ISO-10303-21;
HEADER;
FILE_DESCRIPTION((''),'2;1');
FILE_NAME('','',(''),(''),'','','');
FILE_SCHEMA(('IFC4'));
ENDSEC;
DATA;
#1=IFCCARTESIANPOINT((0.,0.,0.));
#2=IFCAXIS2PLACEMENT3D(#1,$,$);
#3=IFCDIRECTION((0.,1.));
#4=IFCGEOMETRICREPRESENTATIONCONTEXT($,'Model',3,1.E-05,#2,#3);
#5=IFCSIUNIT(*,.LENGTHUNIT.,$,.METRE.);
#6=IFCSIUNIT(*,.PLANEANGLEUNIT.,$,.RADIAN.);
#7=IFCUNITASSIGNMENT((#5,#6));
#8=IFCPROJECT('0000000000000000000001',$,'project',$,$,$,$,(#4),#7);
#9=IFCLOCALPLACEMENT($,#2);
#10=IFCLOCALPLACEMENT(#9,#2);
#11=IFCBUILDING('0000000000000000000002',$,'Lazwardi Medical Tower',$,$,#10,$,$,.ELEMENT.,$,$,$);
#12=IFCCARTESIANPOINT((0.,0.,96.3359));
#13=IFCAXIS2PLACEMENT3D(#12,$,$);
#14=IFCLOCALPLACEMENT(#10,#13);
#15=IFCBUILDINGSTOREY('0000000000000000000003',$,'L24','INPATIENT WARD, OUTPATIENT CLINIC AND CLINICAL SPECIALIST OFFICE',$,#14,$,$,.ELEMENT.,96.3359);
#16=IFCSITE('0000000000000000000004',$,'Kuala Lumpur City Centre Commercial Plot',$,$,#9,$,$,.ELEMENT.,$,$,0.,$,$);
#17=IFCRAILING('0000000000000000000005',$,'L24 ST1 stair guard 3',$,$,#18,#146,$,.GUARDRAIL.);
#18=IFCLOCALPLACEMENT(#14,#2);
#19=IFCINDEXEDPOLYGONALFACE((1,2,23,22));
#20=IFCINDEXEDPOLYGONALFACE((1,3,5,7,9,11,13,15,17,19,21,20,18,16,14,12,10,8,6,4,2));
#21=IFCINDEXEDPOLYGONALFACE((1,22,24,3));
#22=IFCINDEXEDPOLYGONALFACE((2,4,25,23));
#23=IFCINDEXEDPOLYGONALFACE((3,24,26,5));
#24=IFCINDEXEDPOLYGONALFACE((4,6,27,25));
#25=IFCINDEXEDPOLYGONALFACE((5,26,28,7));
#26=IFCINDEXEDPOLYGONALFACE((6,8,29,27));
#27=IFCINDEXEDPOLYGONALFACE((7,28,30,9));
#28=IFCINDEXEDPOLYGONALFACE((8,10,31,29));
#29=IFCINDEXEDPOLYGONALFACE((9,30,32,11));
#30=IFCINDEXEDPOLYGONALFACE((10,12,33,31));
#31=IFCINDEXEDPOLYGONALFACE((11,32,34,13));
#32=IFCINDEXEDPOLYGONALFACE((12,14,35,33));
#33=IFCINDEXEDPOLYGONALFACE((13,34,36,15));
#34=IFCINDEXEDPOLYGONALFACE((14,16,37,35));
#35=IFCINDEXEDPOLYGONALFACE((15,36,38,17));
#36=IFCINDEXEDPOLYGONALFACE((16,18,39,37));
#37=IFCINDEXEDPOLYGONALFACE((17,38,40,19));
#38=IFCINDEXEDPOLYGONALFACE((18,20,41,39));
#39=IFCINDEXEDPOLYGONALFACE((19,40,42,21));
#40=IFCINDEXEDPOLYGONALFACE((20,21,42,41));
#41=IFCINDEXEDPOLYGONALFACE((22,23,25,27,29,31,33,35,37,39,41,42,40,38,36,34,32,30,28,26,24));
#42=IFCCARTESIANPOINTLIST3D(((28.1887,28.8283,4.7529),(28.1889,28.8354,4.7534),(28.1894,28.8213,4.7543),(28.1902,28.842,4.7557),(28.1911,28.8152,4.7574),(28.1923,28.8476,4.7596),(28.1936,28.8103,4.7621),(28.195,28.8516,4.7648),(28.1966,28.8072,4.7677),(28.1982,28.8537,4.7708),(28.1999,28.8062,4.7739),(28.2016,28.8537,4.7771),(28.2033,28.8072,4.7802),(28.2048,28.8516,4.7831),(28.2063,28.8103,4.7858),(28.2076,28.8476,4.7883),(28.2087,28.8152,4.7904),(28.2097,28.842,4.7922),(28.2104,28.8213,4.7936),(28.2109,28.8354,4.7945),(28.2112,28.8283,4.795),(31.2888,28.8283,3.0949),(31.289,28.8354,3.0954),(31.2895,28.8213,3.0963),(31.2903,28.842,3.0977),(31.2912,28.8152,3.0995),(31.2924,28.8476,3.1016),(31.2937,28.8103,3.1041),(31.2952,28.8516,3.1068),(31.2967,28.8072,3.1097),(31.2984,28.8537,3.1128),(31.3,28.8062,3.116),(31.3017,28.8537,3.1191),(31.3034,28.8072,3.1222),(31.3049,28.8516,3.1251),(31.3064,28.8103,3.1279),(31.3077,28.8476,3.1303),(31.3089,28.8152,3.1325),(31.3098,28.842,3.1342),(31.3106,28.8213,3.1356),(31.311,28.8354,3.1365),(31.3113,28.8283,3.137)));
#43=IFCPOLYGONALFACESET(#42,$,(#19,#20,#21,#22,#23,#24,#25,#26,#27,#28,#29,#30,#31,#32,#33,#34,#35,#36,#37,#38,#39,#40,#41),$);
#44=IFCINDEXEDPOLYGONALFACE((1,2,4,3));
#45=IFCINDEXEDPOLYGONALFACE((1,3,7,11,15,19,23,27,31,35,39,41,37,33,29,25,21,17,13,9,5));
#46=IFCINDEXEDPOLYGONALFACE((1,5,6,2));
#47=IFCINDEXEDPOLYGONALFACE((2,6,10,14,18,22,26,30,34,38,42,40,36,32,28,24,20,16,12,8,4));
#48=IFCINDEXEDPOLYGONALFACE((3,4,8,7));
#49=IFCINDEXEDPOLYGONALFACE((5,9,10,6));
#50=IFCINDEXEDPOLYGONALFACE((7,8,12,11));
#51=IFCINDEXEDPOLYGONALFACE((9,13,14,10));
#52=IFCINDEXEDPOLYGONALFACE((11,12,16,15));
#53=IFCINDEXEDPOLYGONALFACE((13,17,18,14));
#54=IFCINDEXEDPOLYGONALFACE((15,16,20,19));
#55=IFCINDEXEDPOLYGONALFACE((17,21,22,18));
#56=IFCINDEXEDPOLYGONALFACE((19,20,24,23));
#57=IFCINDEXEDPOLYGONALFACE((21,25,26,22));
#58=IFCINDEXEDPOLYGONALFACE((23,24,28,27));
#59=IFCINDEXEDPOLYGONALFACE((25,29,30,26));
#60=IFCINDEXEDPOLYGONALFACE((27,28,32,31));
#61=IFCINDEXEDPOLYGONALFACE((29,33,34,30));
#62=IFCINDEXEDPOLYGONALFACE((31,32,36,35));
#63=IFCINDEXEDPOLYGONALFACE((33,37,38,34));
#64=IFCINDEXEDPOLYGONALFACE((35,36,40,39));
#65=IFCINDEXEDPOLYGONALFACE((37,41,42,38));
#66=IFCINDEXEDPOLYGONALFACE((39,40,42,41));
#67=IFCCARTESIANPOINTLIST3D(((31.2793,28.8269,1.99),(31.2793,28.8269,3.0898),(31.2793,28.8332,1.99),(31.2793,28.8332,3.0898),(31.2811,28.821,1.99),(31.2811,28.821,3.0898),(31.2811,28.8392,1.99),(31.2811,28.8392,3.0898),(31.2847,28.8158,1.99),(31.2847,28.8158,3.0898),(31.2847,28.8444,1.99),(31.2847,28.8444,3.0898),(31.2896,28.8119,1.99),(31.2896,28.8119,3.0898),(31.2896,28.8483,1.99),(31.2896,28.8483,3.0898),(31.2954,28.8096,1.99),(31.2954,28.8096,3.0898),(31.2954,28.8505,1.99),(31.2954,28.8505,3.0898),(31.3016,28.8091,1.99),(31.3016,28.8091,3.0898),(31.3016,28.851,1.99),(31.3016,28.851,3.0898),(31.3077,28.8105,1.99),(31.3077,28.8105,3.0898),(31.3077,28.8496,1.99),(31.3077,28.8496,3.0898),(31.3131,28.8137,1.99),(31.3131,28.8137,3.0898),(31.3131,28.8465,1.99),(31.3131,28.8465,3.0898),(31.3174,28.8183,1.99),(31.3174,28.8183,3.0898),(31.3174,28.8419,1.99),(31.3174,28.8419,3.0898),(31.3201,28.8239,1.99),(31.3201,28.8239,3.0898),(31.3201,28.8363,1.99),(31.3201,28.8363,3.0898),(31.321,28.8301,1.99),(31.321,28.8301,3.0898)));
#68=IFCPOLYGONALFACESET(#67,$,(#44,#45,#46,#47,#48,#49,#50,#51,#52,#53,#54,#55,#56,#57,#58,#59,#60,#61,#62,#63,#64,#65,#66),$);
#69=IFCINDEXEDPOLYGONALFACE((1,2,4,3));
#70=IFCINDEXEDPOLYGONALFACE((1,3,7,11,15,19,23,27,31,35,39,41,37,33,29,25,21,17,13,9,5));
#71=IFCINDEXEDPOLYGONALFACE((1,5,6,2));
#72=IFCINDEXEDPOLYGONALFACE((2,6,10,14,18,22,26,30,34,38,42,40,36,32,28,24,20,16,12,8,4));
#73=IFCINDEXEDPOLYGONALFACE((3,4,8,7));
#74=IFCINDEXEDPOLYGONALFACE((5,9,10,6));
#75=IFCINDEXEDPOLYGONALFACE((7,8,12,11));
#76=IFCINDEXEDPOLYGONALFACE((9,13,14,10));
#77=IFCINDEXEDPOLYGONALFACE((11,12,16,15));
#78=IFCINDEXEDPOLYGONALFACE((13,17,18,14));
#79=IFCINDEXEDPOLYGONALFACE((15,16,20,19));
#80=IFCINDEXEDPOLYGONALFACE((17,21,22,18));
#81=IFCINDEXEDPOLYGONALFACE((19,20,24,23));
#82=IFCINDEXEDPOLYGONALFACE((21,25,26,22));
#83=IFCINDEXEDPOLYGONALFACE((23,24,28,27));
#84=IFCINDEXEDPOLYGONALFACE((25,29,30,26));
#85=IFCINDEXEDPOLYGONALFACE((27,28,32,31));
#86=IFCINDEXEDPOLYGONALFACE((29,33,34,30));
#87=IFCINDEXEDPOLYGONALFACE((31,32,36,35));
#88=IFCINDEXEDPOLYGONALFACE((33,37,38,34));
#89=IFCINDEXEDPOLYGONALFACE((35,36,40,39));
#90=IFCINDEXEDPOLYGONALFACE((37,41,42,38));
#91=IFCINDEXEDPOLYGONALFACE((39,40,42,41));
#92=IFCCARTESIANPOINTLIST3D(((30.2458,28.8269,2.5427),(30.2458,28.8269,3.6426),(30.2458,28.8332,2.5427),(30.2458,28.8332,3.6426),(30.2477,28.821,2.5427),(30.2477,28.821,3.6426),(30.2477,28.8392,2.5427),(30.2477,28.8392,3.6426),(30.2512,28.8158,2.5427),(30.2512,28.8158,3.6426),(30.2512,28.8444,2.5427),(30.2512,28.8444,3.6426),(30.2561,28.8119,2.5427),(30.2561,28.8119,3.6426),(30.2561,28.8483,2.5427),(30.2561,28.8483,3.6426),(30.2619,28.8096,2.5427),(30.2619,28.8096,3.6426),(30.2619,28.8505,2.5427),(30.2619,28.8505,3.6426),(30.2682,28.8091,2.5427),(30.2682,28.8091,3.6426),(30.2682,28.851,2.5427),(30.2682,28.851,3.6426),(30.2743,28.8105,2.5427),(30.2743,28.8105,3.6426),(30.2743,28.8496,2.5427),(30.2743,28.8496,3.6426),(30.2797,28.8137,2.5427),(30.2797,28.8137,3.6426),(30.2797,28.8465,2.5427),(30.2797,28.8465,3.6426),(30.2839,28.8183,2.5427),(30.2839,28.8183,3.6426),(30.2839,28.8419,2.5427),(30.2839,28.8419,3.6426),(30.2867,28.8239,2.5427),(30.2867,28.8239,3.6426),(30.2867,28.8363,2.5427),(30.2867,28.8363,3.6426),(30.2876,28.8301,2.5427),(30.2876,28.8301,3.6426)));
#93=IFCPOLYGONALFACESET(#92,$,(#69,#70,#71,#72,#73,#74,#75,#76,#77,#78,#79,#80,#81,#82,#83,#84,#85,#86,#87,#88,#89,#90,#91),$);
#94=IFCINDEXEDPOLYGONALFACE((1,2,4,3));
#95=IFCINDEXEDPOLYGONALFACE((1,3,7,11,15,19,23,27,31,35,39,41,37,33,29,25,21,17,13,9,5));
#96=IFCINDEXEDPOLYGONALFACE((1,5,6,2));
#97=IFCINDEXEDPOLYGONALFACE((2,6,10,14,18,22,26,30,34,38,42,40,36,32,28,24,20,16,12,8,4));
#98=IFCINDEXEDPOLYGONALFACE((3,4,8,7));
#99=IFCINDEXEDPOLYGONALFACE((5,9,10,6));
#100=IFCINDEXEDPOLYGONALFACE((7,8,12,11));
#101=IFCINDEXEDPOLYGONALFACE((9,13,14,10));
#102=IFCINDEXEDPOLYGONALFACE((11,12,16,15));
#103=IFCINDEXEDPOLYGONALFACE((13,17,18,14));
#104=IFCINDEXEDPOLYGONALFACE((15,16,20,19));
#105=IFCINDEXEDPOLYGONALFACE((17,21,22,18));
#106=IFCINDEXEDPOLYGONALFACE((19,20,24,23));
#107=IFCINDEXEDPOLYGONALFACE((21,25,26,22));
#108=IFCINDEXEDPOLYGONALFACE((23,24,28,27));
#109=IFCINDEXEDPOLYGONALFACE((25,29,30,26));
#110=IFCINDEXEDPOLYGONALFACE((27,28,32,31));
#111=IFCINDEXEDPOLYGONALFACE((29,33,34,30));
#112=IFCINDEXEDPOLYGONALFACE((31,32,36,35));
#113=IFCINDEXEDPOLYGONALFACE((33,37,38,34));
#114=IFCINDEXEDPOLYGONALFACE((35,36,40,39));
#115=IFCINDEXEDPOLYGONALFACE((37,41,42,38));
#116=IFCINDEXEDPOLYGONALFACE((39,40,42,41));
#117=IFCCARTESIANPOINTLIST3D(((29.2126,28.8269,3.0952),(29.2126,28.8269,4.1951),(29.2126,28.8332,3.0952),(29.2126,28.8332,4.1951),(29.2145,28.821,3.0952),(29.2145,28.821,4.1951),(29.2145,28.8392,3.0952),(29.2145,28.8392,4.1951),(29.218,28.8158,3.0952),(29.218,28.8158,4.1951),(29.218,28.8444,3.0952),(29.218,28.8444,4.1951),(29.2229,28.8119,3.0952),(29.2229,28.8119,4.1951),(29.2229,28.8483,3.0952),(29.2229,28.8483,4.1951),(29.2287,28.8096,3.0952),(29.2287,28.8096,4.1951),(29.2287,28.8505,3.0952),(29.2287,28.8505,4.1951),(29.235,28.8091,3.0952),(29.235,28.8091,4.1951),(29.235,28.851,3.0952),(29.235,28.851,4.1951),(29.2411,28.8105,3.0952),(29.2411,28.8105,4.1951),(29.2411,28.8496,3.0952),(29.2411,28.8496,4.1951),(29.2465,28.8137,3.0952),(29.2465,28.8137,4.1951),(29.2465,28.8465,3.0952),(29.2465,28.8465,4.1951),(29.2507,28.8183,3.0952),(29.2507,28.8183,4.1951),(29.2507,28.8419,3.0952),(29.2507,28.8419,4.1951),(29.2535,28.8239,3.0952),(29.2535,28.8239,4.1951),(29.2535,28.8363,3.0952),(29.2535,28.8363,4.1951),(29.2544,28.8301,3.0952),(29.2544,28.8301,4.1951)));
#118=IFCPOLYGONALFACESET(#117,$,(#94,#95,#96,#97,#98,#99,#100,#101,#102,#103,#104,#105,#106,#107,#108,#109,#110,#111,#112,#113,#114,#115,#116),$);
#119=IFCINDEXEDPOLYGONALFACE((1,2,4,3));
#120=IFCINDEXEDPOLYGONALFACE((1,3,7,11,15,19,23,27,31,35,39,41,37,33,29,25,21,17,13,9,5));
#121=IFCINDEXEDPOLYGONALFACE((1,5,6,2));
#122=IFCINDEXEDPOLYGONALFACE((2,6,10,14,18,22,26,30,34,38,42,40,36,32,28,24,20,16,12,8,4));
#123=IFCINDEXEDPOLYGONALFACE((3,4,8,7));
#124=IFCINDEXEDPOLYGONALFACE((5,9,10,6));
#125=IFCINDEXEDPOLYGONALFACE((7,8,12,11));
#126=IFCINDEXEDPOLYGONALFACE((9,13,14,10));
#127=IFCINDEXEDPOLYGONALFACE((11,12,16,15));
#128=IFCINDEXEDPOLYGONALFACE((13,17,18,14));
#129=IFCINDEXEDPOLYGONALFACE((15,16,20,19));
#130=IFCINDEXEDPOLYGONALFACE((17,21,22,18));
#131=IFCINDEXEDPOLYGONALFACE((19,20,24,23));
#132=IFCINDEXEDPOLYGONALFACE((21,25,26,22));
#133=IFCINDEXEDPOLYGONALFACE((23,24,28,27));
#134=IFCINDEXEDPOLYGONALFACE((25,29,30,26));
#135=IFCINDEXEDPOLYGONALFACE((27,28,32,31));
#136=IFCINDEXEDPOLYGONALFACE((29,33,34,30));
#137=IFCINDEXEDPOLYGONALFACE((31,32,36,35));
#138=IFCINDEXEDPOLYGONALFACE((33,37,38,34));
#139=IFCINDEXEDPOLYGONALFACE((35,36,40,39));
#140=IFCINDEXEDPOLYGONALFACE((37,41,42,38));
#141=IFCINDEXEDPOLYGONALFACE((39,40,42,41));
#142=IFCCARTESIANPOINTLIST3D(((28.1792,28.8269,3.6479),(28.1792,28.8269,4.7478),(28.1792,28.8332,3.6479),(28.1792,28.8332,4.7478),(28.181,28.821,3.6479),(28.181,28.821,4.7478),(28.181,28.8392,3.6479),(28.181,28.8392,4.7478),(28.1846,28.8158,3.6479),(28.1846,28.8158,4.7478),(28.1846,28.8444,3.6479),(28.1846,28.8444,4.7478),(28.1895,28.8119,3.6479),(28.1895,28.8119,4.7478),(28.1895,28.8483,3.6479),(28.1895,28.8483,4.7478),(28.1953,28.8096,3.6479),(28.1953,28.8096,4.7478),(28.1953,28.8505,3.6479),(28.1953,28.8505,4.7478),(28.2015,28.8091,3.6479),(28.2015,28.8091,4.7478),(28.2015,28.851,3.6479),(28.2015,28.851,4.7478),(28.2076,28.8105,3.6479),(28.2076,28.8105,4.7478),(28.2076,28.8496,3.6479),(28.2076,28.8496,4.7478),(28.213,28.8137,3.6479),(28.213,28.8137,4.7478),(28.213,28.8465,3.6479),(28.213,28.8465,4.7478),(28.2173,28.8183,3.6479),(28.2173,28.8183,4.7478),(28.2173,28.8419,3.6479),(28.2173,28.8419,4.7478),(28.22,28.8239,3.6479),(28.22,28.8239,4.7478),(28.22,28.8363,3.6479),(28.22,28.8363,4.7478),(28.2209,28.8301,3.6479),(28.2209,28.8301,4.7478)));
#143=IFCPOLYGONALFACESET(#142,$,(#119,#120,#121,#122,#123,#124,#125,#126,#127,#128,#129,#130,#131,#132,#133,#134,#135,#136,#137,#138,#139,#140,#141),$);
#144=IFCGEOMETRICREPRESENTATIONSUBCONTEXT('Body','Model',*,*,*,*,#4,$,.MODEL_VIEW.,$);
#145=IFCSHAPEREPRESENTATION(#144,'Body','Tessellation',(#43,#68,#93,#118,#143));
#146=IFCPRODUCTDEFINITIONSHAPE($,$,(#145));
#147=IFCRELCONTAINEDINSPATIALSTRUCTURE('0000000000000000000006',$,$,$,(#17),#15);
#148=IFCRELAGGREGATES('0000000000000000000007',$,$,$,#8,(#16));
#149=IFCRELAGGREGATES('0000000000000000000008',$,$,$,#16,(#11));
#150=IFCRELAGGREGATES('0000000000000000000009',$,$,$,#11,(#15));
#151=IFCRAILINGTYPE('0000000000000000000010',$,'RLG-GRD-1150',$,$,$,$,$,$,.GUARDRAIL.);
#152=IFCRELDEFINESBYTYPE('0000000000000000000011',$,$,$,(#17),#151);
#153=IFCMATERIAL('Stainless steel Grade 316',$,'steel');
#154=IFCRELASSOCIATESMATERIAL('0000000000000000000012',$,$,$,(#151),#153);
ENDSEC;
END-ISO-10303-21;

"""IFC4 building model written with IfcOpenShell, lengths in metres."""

from ifc_helpers import new_model, si_unit, direction, frame, origin, origin_2d, place, context, subcontext, project, spatial, circle, extrude, material, type_object, element, save


model = new_model("IFC4")

# Units and contexts
model_context = context("Model", 3, precision=1e-05, world=origin(), true_north=direction((0.0, 1.0)))
body_context = subcontext(model_context, "Body", "Model", "MODEL_VIEW")
ifc_project = project(units=[si_unit("LENGTHUNIT", "METRE"), si_unit("PLANEANGLEUNIT", "RADIAN")], contexts=[model_context])

# Site, building, storey
site_placement = place(None, origin())
site = spatial("IfcSite", under=ifc_project, at=site_placement, Name="Kuala Lumpur City Centre Commercial Plot", CompositionType="ELEMENT", RefElevation=0.0)
building_placement = place(site_placement, origin())
building = spatial("IfcBuilding", under=site, at=building_placement, Name="Lazwardi Medical Tower", CompositionType="ELEMENT")
storey_placement = place(building_placement, frame((0.0, 0.0, 96.3359)))
storey = spatial("IfcBuildingStorey", under=building, at=storey_placement, Name="L24", Description="INPATIENT WARD, OUTPATIENT CLINIC AND CLINICAL SPECIALIST OFFICE", CompositionType="ELEMENT", Elevation=96.3359)

# Railing
ifc_material_1 = material(Name="Stainless steel Grade 316", Category="steel")
railing_type_1 = type_object("IfcRailingType", Name="RLG-GRD-1150", PredefinedType="GUARDRAIL", material=ifc_material_1)
railing_1_placement = place(storey_placement, frame((31.3, 28.8301, 1.99)))
element("IfcRailing", 1, at=railing_1_placement, inside=storey, type_object=railing_type_1, Name="L24 ST1 stair guard 3", PredefinedType="GUARDRAIL", context=body_context, shape_type="SweptSolid", body=[
    extrude(circle(Radius=0.0239, at=origin_2d()), frame((0.0, 0.0, 1.126), z_axis=(-0.881812, 0.0, 0.471601), x_axis=(0.0, -1.0, 0.0)), (0.0, 0.0, 1.0), 3.5156),
    extrude(circle(Radius=0.021, at=origin_2d()), origin(), (0.0, 0.0, 1.0), 1.0999),
    extrude(circle(Radius=0.021, at=origin_2d()), frame((-1.0334, 0.0, 0.5527)), (0.0, 0.0, 1.0), 1.0999),
    extrude(circle(Radius=0.021, at=origin_2d()), frame((-2.0667, 0.0, 1.1052)), (0.0, 0.0, 1.0), 1.0999),
    extrude(circle(Radius=0.021, at=origin_2d()), frame((-3.1001, 0.0, 1.658)), (0.0, 0.0, 1.0), 1.0999),
])

save(model, "model.ifc")
